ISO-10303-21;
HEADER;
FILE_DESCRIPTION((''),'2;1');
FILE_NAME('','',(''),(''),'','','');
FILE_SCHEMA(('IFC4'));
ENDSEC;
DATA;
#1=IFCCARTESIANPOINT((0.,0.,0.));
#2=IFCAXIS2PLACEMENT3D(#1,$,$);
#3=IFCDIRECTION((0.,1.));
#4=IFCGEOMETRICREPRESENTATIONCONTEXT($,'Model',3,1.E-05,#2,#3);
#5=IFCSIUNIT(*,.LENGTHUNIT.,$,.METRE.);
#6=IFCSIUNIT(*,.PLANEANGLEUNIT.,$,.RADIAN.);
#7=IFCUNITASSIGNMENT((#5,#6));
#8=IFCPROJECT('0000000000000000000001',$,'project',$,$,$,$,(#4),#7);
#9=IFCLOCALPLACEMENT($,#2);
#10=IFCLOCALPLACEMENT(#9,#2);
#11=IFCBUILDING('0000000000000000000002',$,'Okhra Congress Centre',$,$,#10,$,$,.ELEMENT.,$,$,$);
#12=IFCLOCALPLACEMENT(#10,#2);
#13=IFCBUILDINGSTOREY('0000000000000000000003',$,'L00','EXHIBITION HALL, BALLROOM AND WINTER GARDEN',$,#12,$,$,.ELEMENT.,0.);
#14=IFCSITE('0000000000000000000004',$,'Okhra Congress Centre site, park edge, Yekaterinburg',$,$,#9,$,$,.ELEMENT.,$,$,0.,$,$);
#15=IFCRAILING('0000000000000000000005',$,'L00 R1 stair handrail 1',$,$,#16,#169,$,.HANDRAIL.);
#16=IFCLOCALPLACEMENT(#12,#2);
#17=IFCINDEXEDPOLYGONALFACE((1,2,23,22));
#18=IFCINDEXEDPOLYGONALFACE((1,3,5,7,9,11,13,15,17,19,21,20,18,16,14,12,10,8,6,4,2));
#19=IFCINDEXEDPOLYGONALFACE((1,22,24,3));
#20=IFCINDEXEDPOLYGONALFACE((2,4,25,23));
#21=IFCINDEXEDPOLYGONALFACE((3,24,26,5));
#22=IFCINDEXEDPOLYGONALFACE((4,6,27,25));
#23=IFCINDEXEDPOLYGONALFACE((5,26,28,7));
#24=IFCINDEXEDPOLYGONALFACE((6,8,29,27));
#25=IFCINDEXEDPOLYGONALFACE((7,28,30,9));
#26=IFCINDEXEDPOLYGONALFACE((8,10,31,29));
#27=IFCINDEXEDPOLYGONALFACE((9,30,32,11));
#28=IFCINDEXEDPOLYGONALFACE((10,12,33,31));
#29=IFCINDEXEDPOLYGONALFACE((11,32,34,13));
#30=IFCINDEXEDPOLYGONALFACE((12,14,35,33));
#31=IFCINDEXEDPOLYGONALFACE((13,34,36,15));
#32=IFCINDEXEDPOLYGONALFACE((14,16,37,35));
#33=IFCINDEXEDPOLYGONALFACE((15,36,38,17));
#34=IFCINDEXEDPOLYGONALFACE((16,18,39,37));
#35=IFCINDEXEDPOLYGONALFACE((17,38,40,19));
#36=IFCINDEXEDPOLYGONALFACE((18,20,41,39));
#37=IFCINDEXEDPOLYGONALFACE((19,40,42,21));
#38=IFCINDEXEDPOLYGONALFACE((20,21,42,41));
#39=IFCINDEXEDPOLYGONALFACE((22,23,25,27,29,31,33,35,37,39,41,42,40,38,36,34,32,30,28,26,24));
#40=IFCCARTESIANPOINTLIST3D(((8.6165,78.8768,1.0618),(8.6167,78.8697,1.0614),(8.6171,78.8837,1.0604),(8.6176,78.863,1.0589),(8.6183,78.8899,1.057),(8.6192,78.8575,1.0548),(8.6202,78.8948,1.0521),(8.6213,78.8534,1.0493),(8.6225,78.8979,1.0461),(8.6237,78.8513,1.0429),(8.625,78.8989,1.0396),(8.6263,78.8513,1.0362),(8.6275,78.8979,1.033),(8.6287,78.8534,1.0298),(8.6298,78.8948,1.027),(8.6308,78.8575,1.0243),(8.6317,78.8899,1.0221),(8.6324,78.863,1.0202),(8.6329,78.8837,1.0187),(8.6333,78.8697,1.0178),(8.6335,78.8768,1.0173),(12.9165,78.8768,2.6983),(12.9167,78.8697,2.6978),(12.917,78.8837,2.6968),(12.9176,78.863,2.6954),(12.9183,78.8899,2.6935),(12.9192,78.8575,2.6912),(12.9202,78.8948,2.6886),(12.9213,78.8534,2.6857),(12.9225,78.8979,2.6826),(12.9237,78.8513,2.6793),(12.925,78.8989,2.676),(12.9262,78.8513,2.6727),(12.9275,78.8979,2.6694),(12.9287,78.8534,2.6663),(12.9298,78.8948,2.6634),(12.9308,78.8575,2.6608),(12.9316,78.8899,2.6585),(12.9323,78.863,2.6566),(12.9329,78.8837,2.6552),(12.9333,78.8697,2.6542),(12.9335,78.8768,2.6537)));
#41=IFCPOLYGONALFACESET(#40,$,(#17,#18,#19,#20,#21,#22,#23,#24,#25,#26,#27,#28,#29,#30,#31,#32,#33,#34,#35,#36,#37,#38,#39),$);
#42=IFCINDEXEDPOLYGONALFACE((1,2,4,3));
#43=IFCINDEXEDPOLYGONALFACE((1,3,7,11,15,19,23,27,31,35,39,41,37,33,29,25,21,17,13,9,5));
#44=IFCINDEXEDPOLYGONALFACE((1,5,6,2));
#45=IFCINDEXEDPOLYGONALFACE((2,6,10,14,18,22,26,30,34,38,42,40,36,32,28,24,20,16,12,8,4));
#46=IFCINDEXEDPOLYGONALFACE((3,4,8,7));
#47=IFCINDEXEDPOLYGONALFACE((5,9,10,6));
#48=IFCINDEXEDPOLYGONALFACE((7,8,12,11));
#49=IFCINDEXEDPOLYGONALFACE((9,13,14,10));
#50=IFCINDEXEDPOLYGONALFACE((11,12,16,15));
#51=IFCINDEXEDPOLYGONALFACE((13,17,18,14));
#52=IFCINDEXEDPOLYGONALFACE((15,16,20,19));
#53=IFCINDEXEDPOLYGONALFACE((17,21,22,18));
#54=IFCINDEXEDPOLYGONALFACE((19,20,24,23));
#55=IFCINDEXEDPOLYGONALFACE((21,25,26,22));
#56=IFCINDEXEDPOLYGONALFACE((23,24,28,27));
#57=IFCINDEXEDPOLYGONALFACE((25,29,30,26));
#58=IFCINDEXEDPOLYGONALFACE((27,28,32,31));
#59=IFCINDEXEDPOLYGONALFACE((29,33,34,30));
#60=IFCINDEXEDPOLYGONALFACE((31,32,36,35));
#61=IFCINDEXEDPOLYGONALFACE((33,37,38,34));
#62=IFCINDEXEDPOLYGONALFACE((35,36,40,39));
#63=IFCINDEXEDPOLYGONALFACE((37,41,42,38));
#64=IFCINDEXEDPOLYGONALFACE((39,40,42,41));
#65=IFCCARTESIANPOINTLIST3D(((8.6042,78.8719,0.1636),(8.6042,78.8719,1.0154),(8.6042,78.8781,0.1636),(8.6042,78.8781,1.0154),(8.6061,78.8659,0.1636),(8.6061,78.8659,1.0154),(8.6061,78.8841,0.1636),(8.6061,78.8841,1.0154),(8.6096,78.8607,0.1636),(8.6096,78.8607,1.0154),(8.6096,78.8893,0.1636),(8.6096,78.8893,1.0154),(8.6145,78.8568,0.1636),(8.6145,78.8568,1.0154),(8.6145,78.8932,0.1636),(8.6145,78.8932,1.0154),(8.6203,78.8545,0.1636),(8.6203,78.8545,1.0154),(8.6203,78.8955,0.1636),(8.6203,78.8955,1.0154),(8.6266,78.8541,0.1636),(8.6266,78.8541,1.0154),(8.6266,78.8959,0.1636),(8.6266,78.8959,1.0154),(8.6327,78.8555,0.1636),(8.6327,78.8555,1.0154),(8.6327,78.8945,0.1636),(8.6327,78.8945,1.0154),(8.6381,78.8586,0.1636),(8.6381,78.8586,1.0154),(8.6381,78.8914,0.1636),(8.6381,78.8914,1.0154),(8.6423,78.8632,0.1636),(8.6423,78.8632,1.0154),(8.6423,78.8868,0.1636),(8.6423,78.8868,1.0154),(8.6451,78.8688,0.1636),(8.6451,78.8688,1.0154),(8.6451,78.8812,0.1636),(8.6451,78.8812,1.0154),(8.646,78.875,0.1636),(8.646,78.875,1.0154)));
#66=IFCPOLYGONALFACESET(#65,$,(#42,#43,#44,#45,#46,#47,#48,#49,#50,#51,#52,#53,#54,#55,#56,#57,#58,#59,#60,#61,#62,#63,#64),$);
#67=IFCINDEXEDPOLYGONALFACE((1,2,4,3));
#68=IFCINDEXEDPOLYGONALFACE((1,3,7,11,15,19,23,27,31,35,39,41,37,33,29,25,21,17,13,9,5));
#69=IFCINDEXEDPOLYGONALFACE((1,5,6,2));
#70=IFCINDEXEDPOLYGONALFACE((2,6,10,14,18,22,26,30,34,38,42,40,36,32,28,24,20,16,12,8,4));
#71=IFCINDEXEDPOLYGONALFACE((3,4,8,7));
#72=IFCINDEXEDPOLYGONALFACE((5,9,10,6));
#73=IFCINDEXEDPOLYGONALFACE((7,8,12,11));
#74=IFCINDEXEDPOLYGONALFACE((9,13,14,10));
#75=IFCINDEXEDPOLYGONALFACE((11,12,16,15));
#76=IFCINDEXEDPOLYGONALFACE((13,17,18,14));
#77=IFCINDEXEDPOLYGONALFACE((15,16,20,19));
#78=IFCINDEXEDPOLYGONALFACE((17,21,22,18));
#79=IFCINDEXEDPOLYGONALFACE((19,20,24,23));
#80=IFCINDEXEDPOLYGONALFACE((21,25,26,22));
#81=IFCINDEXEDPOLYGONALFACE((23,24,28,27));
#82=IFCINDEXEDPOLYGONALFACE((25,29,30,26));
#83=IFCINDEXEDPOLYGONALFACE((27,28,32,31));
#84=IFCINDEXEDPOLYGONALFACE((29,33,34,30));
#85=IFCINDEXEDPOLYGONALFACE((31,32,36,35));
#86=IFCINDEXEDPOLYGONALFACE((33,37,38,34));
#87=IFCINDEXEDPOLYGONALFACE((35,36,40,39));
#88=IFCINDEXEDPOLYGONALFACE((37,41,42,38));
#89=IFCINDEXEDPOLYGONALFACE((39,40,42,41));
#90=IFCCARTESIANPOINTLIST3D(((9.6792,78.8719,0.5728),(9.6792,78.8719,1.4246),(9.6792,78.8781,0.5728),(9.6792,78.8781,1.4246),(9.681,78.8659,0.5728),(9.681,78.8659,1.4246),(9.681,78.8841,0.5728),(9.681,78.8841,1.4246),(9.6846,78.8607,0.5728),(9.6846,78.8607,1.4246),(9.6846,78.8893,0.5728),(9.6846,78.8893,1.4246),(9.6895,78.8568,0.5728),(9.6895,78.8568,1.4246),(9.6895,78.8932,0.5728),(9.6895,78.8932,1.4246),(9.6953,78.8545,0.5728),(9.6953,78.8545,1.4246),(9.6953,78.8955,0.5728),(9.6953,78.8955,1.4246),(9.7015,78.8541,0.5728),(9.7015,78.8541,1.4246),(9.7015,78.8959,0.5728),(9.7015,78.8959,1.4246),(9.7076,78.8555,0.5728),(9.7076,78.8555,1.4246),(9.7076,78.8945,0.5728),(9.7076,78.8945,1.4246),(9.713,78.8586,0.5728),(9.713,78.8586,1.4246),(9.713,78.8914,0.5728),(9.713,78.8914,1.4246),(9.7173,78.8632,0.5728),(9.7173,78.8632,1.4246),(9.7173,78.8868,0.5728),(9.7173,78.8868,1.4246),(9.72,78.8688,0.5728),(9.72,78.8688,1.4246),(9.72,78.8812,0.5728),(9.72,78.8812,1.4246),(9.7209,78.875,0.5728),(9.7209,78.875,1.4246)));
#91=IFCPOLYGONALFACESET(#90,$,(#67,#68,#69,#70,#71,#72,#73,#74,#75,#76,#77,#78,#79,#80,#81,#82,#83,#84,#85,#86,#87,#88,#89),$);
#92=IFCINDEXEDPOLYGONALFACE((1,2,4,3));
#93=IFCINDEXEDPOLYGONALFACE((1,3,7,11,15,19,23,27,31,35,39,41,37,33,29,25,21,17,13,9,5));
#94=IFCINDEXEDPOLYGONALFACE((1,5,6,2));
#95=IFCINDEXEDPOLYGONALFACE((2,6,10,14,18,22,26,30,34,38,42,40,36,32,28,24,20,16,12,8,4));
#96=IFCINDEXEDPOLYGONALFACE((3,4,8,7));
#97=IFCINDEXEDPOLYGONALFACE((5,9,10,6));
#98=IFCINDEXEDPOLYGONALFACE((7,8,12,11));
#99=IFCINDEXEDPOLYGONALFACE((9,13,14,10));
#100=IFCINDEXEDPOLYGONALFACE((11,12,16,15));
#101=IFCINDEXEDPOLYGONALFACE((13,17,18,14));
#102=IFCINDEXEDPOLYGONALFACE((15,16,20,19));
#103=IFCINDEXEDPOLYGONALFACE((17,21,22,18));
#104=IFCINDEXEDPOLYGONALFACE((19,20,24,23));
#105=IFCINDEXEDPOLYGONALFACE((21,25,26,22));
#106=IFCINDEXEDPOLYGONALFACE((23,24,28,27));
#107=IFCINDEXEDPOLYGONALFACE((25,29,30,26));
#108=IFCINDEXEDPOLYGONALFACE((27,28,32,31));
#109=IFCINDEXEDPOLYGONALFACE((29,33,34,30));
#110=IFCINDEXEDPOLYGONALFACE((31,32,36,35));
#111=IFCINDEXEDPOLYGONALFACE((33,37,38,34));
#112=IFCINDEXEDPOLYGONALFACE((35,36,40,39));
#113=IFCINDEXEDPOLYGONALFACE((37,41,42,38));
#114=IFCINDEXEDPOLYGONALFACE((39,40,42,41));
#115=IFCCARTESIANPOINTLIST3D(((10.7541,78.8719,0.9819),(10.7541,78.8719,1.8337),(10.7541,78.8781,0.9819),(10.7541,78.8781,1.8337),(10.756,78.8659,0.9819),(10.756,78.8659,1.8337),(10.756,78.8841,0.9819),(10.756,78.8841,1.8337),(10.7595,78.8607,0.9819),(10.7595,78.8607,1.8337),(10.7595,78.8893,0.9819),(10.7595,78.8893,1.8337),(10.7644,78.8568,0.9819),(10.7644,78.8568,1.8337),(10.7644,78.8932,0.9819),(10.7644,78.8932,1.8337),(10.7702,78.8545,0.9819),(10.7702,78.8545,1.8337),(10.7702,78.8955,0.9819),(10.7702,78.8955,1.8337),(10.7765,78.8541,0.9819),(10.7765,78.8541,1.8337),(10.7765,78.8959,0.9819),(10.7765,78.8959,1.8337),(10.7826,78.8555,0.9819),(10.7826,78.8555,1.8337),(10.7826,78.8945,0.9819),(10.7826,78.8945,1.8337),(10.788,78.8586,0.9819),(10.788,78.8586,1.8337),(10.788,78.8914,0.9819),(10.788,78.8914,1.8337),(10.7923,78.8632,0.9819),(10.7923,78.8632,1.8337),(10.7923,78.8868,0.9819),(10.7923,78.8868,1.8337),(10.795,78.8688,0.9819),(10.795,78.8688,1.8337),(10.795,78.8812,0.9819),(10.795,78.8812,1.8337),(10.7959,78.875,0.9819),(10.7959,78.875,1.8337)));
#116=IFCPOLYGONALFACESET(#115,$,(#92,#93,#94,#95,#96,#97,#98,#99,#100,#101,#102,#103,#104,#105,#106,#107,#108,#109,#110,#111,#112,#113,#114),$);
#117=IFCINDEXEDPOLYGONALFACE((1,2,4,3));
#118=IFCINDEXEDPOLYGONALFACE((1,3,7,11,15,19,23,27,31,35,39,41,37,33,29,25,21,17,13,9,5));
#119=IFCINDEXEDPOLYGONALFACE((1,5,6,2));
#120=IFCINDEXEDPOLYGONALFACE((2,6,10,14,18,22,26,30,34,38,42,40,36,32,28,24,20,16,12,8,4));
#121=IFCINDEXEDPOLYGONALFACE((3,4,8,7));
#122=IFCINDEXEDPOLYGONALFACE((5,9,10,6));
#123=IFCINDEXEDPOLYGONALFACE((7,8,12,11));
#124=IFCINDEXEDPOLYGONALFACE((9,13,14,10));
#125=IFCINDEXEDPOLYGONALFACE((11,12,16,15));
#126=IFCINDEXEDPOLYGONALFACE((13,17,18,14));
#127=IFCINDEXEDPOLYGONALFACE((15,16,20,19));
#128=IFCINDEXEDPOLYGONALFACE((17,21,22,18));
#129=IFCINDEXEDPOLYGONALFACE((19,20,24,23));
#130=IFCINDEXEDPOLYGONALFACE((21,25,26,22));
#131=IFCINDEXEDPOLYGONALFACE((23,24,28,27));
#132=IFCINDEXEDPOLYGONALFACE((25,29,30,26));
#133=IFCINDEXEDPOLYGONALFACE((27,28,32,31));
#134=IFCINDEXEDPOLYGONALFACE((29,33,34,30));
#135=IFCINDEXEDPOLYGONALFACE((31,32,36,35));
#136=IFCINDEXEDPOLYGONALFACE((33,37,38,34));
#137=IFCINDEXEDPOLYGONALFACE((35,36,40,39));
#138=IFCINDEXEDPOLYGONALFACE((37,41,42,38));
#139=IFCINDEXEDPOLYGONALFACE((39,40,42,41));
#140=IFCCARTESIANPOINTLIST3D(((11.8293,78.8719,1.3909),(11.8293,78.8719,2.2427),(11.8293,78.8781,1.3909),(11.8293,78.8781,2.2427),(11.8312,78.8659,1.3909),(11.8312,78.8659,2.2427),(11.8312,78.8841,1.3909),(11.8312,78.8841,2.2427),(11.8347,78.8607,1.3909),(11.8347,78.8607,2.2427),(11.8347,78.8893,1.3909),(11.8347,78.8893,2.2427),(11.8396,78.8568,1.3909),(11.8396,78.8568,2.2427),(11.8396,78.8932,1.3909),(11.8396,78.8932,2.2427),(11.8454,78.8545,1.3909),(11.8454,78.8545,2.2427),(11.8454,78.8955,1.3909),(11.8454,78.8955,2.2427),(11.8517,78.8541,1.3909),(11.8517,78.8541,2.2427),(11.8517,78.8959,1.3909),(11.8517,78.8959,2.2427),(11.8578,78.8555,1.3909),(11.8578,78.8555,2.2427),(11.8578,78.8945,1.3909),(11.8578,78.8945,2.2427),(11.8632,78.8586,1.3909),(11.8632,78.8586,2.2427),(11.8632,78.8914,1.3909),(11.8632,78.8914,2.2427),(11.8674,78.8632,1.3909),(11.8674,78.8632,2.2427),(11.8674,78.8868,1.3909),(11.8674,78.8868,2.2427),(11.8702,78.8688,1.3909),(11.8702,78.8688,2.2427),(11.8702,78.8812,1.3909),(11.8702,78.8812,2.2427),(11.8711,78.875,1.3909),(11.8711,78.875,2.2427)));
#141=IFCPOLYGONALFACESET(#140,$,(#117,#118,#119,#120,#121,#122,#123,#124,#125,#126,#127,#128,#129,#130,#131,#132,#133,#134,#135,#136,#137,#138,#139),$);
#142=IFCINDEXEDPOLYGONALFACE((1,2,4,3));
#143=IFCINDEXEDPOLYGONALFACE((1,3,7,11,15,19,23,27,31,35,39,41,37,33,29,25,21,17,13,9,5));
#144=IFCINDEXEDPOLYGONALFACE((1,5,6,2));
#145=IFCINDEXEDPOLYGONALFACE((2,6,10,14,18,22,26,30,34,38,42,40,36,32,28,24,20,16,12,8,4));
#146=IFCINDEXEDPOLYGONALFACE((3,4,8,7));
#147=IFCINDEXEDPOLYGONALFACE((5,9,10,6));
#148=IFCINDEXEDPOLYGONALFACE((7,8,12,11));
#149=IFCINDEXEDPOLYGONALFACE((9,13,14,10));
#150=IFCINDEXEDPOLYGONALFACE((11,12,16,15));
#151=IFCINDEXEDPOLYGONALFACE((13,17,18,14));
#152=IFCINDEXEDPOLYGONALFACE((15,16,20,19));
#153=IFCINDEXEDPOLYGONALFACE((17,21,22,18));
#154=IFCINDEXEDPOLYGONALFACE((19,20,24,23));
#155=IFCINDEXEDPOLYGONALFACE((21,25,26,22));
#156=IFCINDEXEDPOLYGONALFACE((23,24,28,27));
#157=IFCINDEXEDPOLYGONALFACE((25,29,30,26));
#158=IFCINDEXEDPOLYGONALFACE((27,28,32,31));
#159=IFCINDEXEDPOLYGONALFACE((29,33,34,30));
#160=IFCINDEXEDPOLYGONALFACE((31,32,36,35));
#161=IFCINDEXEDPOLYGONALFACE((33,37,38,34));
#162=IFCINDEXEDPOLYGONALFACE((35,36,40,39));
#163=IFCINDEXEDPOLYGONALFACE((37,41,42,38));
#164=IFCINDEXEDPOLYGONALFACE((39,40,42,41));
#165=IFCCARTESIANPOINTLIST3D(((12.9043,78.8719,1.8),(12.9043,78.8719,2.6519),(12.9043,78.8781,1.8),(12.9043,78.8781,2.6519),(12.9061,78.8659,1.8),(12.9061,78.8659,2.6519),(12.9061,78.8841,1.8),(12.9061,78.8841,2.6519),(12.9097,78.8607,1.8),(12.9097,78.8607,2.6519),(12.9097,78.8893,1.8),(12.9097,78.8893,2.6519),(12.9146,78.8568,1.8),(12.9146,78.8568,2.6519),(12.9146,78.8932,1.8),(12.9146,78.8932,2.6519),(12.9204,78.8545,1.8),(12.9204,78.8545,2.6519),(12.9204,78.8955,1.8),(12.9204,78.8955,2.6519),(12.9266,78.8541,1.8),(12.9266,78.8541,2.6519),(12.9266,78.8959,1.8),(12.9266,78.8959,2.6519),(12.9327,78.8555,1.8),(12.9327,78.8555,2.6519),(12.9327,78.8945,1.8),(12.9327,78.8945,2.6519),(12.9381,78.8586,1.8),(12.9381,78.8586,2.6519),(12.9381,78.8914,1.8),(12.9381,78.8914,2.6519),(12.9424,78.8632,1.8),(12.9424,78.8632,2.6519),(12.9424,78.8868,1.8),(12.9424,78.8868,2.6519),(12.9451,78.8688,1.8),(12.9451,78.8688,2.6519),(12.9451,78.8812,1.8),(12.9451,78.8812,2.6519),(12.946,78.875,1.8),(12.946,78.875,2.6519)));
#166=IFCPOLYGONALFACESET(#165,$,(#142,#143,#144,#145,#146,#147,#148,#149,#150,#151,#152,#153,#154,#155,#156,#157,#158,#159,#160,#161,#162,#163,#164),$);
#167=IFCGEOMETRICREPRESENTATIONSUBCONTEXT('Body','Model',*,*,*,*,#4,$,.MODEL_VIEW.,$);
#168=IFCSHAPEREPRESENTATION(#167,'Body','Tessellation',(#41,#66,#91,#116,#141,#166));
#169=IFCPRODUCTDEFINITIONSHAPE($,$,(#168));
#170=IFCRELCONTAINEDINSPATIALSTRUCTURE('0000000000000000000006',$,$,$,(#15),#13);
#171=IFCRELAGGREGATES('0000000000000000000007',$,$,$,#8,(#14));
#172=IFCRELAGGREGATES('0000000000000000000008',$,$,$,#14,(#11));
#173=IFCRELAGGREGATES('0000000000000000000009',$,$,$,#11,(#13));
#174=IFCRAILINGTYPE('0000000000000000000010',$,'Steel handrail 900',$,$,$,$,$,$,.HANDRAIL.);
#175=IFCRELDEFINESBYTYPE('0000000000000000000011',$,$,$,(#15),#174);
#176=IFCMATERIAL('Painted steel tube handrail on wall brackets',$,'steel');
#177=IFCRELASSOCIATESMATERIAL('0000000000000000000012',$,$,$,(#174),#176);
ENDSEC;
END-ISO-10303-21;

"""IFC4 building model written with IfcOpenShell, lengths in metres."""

from ifc_helpers import new_model, si_unit, direction, frame, origin, origin_2d, place, context, subcontext, project, spatial, circle, extrude, material, type_object, element, save


model = new_model("IFC4")

# Units and contexts
model_context = context("Model", 3, precision=1e-05, world=origin(), true_north=direction((0.0, 1.0)))
body_context = subcontext(model_context, "Body", "Model", "MODEL_VIEW")
ifc_project = project(units=[si_unit("LENGTHUNIT", "METRE"), si_unit("PLANEANGLEUNIT", "RADIAN")], contexts=[model_context])

# Site, building, storey
site_placement = place(None, origin())
site = spatial("IfcSite", under=ifc_project, at=site_placement, Name="Okhra Congress Centre site, park edge, Yekaterinburg", CompositionType="ELEMENT", RefElevation=0.0)
building_placement = place(site_placement, origin())
building = spatial("IfcBuilding", under=site, at=building_placement, Name="Okhra Congress Centre", CompositionType="ELEMENT")
storey_placement = place(building_placement, origin())
storey = spatial("IfcBuildingStorey", under=building, at=storey_placement, Name="L00", Description="EXHIBITION HALL, BALLROOM AND WINTER GARDEN", CompositionType="ELEMENT", Elevation=0.0)

# Railing
ifc_material_1 = material(Name="Painted steel tube handrail on wall brackets", Category="steel")
railing_type_1 = type_object("IfcRailingType", Name="Steel handrail 900", PredefinedType="HANDRAIL", material=ifc_material_1)
railing_1_placement = place(storey_placement, frame((8.625, 78.875, 0.1636)))
element("IfcRailing", 1, at=railing_1_placement, inside=storey, type_object=railing_type_1, Name="L00 R1 stair handrail 1", PredefinedType="HANDRAIL", context=body_context, shape_type="SweptSolid", body=[
    extrude(circle(Radius=0.0239, at=origin_2d()), frame((0.0, 0.0, 0.876), z_axis=(0.934606, 0.0, 0.355684), x_axis=(0.0, 1.0, 0.0)), (0.0, 0.0, 1.0), 4.6008),
    extrude(circle(Radius=0.021, at=origin_2d()), origin(), (0.0, 0.0, 1.0), 0.8518),
    extrude(circle(Radius=0.021, at=origin_2d()), frame((1.075, 0.0, 0.4092)), (0.0, 0.0, 1.0), 0.8518),
    extrude(circle(Radius=0.021, at=origin_2d()), frame((2.1499, 0.0, 0.8184)), (0.0, 0.0, 1.0), 0.8518),
    extrude(circle(Radius=0.021, at=origin_2d()), frame((3.2251, 0.0, 1.2273)), (0.0, 0.0, 1.0), 0.8518),
    extrude(circle(Radius=0.021, at=origin_2d()), frame((4.3, 0.0, 1.6365)), (0.0, 0.0, 1.0), 0.8518),
])

save(model, "model.ifc")
